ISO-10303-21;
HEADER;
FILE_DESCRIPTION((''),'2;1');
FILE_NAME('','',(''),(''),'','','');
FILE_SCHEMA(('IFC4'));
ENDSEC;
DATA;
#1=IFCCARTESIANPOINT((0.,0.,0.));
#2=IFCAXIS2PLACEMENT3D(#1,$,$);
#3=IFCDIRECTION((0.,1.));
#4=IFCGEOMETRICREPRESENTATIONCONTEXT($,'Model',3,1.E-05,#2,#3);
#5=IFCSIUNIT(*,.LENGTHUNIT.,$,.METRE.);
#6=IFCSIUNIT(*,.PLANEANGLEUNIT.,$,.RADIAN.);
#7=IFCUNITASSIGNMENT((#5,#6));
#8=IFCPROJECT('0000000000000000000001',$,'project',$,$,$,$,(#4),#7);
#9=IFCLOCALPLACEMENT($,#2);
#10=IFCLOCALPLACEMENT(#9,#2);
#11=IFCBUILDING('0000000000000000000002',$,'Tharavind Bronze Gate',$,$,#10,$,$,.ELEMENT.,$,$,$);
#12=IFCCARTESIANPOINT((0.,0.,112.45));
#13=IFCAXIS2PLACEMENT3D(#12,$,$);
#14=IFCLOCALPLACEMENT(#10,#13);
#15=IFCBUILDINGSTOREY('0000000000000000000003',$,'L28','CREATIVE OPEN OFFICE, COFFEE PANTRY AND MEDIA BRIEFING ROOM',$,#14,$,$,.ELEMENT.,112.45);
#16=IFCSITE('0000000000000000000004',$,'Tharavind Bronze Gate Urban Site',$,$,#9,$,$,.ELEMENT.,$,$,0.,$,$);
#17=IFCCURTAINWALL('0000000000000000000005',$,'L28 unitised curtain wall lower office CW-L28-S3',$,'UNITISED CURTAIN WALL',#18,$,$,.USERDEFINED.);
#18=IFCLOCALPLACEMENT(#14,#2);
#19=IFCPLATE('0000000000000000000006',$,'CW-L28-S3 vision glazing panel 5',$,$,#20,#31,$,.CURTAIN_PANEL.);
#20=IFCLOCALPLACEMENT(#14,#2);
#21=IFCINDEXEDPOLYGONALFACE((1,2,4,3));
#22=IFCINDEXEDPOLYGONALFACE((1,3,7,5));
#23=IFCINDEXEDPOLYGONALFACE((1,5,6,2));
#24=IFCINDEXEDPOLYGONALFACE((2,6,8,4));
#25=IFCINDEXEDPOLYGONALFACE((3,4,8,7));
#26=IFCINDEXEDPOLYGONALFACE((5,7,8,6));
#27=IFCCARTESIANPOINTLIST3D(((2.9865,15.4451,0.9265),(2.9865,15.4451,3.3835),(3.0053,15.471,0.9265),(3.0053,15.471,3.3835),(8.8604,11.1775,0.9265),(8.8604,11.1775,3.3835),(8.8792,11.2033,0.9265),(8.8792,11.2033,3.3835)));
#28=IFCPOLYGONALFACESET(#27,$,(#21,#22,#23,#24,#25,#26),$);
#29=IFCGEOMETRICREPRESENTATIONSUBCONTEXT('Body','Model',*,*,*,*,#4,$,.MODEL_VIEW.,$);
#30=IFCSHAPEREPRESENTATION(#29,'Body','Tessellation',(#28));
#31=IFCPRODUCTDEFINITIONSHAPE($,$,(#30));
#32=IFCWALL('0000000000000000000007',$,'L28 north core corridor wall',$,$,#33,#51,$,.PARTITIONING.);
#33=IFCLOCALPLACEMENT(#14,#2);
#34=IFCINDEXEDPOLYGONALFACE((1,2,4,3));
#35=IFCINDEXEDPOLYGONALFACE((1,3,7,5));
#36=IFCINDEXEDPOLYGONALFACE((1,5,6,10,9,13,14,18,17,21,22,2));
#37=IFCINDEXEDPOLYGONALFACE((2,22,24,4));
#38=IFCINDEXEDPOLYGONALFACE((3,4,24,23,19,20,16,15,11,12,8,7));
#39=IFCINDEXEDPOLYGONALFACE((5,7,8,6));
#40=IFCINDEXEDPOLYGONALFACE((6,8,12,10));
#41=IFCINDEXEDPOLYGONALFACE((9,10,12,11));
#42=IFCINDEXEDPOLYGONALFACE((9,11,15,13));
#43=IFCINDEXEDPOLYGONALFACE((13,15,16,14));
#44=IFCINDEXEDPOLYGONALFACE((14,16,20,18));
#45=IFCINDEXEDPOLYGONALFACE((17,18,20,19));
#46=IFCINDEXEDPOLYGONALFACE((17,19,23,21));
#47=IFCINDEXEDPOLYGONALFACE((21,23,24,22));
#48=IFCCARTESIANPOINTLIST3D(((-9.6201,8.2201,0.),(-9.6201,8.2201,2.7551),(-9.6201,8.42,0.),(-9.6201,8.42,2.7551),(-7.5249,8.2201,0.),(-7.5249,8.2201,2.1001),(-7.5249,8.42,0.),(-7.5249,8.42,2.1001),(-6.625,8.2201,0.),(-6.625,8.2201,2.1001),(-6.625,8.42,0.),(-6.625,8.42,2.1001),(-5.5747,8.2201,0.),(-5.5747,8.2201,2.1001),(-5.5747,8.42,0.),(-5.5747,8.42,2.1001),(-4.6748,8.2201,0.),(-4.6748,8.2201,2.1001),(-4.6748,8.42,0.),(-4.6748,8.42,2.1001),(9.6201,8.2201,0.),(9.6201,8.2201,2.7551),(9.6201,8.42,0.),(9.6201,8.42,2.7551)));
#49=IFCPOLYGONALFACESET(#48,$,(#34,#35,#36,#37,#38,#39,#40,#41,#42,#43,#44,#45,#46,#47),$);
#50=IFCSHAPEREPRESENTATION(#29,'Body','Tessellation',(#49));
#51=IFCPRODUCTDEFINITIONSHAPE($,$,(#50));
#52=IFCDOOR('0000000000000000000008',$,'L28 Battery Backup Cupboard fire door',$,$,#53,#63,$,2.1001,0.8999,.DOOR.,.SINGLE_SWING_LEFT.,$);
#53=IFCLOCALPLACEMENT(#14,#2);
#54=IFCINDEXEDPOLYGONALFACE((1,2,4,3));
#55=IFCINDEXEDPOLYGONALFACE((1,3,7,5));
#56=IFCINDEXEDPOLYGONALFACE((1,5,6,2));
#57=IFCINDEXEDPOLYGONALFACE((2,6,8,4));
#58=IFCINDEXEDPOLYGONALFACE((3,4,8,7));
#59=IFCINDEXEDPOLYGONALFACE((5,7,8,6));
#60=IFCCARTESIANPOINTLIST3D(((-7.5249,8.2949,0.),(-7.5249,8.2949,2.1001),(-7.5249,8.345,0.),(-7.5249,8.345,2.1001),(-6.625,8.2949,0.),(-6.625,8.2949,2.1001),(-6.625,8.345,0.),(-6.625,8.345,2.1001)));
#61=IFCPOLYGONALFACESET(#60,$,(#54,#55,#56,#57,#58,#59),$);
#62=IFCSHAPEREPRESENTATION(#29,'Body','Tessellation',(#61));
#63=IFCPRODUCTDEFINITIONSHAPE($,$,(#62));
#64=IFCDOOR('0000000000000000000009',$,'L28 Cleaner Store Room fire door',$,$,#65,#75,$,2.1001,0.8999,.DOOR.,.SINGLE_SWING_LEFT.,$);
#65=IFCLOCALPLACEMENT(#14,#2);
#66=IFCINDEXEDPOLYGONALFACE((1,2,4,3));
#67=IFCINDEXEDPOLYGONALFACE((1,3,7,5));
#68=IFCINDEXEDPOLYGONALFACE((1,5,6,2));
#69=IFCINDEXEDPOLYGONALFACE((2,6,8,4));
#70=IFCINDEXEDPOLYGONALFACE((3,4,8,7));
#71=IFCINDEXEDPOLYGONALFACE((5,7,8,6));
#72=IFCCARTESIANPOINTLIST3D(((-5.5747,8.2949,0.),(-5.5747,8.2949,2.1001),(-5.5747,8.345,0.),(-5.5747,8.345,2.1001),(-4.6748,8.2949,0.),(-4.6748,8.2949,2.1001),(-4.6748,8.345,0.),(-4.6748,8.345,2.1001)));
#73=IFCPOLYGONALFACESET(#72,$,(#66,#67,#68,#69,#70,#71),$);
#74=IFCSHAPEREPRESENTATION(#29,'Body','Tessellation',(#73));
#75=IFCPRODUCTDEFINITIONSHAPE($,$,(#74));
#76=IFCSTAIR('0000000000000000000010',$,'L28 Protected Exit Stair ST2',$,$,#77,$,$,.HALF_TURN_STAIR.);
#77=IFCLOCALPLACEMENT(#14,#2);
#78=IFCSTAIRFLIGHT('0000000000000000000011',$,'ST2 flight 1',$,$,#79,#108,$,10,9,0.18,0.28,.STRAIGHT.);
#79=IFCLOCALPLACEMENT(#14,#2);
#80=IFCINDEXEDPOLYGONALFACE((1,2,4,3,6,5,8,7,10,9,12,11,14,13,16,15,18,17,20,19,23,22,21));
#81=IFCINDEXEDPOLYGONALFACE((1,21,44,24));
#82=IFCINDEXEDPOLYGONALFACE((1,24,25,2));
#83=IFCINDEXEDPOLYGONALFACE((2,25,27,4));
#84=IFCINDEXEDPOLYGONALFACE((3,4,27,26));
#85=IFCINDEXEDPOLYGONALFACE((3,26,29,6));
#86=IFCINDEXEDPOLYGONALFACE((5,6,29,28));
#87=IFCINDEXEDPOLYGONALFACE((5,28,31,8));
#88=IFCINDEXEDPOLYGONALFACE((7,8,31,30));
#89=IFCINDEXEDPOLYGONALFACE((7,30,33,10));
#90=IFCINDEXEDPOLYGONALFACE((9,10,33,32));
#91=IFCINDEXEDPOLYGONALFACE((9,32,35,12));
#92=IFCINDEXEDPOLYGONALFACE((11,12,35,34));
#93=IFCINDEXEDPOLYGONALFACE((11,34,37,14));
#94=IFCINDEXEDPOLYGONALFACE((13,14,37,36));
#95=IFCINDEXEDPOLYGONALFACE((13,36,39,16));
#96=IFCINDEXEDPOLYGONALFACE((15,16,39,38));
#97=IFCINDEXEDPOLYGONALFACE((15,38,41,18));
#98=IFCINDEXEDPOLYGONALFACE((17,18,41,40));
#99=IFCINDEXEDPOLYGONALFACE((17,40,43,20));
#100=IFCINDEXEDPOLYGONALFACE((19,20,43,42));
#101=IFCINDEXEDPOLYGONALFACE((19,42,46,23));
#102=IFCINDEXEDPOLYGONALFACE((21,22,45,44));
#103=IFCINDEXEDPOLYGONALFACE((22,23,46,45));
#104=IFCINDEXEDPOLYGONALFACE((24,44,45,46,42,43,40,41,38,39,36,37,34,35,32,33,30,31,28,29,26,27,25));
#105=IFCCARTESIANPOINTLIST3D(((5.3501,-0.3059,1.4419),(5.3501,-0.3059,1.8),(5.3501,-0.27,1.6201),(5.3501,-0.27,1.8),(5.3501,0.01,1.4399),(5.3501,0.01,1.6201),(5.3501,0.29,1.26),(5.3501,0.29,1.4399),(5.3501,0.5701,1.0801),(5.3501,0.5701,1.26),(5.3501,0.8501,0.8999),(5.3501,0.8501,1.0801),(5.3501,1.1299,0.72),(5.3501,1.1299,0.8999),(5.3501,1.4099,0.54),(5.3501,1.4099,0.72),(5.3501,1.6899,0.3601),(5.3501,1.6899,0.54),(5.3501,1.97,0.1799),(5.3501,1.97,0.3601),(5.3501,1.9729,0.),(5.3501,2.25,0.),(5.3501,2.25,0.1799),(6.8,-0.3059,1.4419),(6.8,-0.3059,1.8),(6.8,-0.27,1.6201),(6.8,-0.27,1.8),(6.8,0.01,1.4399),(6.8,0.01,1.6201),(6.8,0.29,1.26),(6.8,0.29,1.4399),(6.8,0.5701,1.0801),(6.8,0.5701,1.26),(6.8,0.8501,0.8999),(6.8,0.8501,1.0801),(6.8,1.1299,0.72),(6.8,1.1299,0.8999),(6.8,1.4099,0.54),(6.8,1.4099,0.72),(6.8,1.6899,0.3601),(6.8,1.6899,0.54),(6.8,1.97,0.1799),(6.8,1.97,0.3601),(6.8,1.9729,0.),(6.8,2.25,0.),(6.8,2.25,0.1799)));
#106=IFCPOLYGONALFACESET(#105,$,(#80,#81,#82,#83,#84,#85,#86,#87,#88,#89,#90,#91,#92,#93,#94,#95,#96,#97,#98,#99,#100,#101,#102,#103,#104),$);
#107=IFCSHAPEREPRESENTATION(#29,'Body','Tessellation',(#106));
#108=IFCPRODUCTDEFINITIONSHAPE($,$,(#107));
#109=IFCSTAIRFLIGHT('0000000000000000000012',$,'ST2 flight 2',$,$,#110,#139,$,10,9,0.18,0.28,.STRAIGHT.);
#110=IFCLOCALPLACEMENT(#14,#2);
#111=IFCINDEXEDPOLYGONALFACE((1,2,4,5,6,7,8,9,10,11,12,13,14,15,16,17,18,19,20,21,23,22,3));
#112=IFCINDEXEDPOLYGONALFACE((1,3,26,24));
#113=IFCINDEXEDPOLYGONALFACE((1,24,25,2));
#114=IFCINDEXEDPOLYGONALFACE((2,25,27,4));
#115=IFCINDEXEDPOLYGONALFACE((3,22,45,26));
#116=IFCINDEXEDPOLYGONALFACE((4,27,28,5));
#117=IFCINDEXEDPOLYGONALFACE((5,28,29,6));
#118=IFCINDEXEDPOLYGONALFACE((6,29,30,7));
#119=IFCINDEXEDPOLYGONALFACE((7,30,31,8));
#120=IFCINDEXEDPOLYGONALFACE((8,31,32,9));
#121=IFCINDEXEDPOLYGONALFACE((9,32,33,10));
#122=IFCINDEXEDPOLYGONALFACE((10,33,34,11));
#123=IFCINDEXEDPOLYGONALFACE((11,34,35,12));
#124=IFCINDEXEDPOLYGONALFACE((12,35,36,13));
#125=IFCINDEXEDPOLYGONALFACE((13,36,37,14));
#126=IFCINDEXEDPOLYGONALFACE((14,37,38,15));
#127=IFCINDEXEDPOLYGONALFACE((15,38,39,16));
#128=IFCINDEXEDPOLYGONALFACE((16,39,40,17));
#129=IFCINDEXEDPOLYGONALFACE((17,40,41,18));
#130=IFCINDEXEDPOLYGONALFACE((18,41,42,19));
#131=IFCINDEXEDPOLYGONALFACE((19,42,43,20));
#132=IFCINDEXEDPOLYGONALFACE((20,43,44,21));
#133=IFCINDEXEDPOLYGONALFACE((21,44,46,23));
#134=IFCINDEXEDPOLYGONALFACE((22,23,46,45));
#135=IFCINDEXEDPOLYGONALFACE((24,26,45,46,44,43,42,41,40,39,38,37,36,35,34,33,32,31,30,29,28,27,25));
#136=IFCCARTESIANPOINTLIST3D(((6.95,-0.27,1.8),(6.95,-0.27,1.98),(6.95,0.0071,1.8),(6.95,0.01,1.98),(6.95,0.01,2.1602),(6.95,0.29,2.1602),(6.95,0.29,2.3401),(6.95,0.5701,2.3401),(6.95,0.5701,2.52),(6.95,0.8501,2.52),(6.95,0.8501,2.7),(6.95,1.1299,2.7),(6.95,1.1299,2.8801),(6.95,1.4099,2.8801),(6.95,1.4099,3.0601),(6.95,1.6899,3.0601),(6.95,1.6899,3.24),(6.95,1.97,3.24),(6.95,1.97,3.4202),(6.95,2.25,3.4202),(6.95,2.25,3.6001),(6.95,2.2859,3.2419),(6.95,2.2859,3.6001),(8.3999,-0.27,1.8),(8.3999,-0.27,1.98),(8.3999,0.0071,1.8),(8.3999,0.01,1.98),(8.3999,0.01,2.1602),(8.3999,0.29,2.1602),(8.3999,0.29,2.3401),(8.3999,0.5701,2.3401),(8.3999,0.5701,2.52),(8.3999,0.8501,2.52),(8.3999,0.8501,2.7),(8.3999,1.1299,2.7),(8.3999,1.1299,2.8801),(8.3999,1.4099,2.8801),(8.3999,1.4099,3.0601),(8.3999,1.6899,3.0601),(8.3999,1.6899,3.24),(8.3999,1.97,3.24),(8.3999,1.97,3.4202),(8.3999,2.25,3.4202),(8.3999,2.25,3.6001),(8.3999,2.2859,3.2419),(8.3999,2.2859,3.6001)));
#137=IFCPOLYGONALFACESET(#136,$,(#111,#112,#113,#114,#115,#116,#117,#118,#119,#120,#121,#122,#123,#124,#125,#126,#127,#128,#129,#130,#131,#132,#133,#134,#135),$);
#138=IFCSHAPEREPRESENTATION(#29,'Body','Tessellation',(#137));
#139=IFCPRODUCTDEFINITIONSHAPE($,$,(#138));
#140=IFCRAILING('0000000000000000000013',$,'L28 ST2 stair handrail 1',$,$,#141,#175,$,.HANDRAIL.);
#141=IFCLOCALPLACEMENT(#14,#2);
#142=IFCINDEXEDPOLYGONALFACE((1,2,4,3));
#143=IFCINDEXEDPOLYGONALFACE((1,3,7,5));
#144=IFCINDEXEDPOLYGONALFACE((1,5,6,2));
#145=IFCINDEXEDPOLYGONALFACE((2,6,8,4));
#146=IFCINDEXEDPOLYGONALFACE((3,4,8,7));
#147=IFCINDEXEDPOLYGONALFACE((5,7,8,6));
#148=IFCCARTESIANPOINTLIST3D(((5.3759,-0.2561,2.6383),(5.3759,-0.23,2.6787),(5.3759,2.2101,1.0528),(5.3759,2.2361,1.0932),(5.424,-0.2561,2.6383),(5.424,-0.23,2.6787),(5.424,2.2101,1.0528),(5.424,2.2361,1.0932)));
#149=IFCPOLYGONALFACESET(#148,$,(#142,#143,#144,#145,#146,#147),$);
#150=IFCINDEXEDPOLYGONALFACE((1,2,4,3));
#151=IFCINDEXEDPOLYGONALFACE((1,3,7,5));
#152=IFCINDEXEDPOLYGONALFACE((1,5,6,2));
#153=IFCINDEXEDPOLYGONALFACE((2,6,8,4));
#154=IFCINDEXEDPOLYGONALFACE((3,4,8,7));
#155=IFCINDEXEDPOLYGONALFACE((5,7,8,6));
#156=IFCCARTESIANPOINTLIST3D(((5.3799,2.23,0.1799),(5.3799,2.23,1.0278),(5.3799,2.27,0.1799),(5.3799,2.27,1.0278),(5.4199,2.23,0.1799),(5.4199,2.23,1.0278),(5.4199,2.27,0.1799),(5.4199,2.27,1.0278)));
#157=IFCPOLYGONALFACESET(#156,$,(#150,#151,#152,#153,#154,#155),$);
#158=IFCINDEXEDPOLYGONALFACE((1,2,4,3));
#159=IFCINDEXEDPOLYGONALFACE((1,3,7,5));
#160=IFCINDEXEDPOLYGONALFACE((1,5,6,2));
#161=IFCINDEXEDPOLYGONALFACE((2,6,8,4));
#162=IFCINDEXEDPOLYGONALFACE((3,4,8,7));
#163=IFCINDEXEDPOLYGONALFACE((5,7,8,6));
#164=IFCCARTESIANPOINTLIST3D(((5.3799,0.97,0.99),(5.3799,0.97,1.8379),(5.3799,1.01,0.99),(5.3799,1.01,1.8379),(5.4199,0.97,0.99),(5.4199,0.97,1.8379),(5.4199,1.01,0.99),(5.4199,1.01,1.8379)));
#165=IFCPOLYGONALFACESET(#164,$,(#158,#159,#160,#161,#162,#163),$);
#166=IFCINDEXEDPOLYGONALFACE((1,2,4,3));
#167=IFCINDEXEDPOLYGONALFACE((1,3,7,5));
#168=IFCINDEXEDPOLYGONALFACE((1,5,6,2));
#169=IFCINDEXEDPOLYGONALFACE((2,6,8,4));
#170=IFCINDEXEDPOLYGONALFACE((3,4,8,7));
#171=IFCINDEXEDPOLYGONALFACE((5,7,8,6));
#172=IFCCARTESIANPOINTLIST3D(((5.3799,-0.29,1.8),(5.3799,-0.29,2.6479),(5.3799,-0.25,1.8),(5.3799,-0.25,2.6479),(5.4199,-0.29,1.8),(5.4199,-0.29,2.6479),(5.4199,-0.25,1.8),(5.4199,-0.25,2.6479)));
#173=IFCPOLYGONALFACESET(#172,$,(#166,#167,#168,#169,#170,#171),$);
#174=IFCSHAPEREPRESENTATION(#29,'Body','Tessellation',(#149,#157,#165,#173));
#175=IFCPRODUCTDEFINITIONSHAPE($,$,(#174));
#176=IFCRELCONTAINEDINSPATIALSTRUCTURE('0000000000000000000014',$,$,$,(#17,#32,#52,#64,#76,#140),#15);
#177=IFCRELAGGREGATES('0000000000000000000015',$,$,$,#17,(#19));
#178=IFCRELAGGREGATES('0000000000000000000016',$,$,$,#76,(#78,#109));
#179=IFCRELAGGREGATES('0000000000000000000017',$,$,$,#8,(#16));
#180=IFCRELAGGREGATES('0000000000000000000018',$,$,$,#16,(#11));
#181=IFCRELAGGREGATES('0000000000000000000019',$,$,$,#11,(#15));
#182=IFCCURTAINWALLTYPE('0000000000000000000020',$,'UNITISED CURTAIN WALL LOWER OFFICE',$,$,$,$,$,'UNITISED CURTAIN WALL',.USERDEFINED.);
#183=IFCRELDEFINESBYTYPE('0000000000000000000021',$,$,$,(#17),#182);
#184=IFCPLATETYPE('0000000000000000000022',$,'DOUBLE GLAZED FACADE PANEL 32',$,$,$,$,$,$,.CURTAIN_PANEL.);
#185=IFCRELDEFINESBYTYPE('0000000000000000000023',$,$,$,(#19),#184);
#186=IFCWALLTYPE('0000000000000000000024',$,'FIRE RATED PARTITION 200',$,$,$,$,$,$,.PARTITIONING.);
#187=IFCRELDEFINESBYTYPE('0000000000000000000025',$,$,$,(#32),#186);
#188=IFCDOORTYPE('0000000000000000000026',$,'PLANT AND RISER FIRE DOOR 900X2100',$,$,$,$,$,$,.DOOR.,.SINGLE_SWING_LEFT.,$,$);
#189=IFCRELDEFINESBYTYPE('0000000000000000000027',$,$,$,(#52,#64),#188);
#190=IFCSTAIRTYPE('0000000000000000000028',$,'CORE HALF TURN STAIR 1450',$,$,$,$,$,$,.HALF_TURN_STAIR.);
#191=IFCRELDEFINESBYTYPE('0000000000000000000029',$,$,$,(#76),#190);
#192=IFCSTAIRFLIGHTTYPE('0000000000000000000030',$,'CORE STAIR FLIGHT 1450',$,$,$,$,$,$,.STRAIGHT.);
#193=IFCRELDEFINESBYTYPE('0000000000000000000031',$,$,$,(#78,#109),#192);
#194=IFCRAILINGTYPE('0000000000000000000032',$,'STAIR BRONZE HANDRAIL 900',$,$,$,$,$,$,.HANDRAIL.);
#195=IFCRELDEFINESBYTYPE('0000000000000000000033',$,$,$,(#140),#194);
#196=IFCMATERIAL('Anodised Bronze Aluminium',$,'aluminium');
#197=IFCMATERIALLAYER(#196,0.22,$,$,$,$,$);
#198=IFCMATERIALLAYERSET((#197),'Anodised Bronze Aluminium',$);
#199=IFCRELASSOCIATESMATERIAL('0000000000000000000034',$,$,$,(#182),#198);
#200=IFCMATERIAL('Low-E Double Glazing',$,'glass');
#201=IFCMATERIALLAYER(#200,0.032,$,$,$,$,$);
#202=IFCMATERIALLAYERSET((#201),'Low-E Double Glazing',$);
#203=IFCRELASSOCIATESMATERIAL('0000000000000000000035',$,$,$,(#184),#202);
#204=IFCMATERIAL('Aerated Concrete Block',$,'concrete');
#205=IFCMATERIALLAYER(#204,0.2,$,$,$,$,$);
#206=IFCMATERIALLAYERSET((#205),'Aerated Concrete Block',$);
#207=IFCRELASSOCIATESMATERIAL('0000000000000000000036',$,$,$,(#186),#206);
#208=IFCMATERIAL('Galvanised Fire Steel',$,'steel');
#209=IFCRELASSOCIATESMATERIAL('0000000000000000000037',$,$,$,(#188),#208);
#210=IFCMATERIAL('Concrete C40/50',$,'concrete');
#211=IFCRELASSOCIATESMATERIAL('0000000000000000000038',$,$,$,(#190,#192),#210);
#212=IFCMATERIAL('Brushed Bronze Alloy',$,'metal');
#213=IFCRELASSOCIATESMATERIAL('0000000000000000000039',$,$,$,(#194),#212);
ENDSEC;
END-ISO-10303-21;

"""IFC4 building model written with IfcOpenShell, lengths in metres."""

from ifc_helpers import new_model, si_unit, direction, frame, frame_2d, origin, origin_2d, place, context, subcontext, project, spatial, polyline, rectangle, outline, extrude, material, layer, layer_set, type_object, element, fill, aggregate, save


model = new_model("IFC4")

# Units and contexts
model_context = context("Model", 3, precision=1e-05, world=origin(), true_north=direction((0.0, 1.0)))
body_context = subcontext(model_context, "Body", "Model", "MODEL_VIEW")
ifc_project = project(units=[si_unit("LENGTHUNIT", "METRE"), si_unit("PLANEANGLEUNIT", "RADIAN")], contexts=[model_context])

# Site, building, storey
site_placement = place(None, origin())
site = spatial("IfcSite", under=ifc_project, at=site_placement, Name="Tharavind Bronze Gate Urban Site", CompositionType="ELEMENT", RefElevation=0.0)
building_placement = place(site_placement, origin())
building = spatial("IfcBuilding", under=site, at=building_placement, Name="Tharavind Bronze Gate", CompositionType="ELEMENT")
storey_placement = place(building_placement, frame((0.0, 0.0, 112.45)))
storey = spatial("IfcBuildingStorey", under=building, at=storey_placement, Name="L28", Description="CREATIVE OPEN OFFICE, COFFEE PANTRY AND MEDIA BRIEFING ROOM", CompositionType="ELEMENT", Elevation=112.45)

# Curtain wall
ifc_material_1 = material(Name="Anodised Bronze Aluminium", Category="aluminium")
ifc_layer_1 = layer(ifc_material_1, 0.22)
ifc_layer_set_1 = layer_set([ifc_layer_1], Name="Anodised Bronze Aluminium")
curtain_wall_type = type_object("IfcCurtainWallType", Name="UNITISED CURTAIN WALL LOWER OFFICE", ElementType="UNITISED CURTAIN WALL", PredefinedType="USERDEFINED", material=ifc_layer_set_1)
curtain_wall_placement = place(storey_placement, origin())
curtain_wall = element("IfcCurtainWall", 1, at=curtain_wall_placement, inside=storey, type_object=curtain_wall_type, Name="L28 unitised curtain wall lower office CW-L28-S3", ObjectType="UNITISED CURTAIN WALL", PredefinedType="USERDEFINED")

# Plate
ifc_material_2 = material(Name="Low-E Double Glazing", Category="glass")
ifc_layer_2 = layer(ifc_material_2, 0.032)
ifc_layer_set_2 = layer_set([ifc_layer_2], Name="Low-E Double Glazing")
plate_type_1 = type_object("IfcPlateType", Name="DOUBLE GLAZED FACADE PANEL 32", PredefinedType="CURTAIN_PANEL", material=ifc_layer_set_2)
plate_1_placement = place(storey_placement, frame((5.9329, 13.3242, 0.9265), z_axis=(0.0, 0.0, 1.0), x_axis=(-0.809017, 0.587785, 0.0)))
plate_1 = element("IfcPlate", 2, at=plate_1_placement, type_object=plate_type_1, Name="CW-L28-S3 vision glazing panel 5", PredefinedType="CURTAIN_PANEL", context=body_context, shape_type="SweptSolid", body=[
    extrude(rectangle(XDim=7.2605, YDim=0.032, at=origin_2d()), origin(), (0.0, 0.0, 1.0), 2.457),
])
aggregate(curtain_wall, [plate_1])

# Wall, openings, doors
ifc_material_3 = material(Name="Aerated Concrete Block", Category="concrete")
ifc_layer_3 = layer(ifc_material_3, 0.2)
ifc_layer_set_3 = layer_set([ifc_layer_3], Name="Aerated Concrete Block")
wall_type_1 = type_object("IfcWallType", Name="FIRE RATED PARTITION 200", PredefinedType="PARTITIONING", material=ifc_layer_set_3)
wall_1_placement = place(storey_placement, frame((9.6201, 8.3201, 0.0), z_axis=(0.0, 0.0, 1.0), x_axis=(-1.0, 0.0, 0.0)))
wall_1 = element("IfcWall", 3, at=wall_1_placement, inside=storey, type_object=wall_type_1, Name="L28 north core corridor wall", PredefinedType="PARTITIONING", context=body_context, shape_type="SweptSolid", body=[
    extrude(rectangle(XDim=19.2402, YDim=0.2, at=frame_2d((9.6201, 0.0))), origin(), (0.0, 0.0, 1.0), 2.7551),
])
opening_1_placement = place(wall_1_placement, frame((16.2451, 0.0, 0.0)))
opening_1 = element("IfcOpeningElement", 4, at=opening_1_placement, cuts=wall_1, PredefinedType="OPENING", context=body_context, shape_type="SweptSolid", body=[
    extrude(rectangle(XDim=0.8999, YDim=2.1001, at=frame_2d((0.45, 1.05))), frame((0.0, 0.1101, 0.0), z_axis=(0.0, -1.0, 0.0), x_axis=(1.0, 0.0, 0.0)), (0.0, 0.0, 1.0), 0.22),
])
opening_2_placement = place(wall_1_placement, frame((14.2949, 0.0, 0.0)))
opening_2 = element("IfcOpeningElement", 5, at=opening_2_placement, cuts=wall_1, PredefinedType="OPENING", context=body_context, shape_type="SweptSolid", body=[
    extrude(rectangle(XDim=0.8999, YDim=2.1001, at=frame_2d((0.45, 1.05))), frame((0.0, 0.1101, 0.0), z_axis=(0.0, -1.0, 0.0), x_axis=(1.0, 0.0, 0.0)), (0.0, 0.0, 1.0), 0.22),
])
ifc_material_4 = material(Name="Galvanised Fire Steel", Category="steel")
door_type_1 = type_object("IfcDoorType", Name="PLANT AND RISER FIRE DOOR 900X2100", OperationType="SINGLE_SWING_LEFT", PredefinedType="DOOR", material=ifc_material_4)
door_1_placement = place(opening_1_placement, frame((0.8999, 0.0, 0.0), z_axis=(0.0, 0.0, 1.0), x_axis=(-1.0, 0.0, 0.0)))
door_1 = element("IfcDoor", 6, at=door_1_placement, inside=storey, type_object=door_type_1, Name="L28 Battery Backup Cupboard fire door", OperationType="SINGLE_SWING_LEFT", OverallHeight=2.1001, OverallWidth=0.8999, PredefinedType="DOOR", context=body_context, shape_type="SweptSolid", body=[
    extrude(rectangle(XDim=0.8999, YDim=2.1001, at=frame_2d((0.45, 1.05))), frame((0.0, 0.0249, 0.0), z_axis=(0.0, -1.0, 0.0), x_axis=(1.0, 0.0, 0.0)), (0.0, 0.0, 1.0), 0.05),
])
fill(opening_1, door_1)
door_2_placement = place(opening_2_placement, frame((0.8999, 0.0, 0.0), z_axis=(0.0, 0.0, 1.0), x_axis=(-1.0, 0.0, 0.0)))
door_2 = element("IfcDoor", 7, at=door_2_placement, inside=storey, type_object=door_type_1, Name="L28 Cleaner Store Room fire door", OperationType="SINGLE_SWING_LEFT", OverallHeight=2.1001, OverallWidth=0.8999, PredefinedType="DOOR", context=body_context, shape_type="SweptSolid", body=[
    extrude(rectangle(XDim=0.8999, YDim=2.1001, at=frame_2d((0.45, 1.05))), frame((0.0, 0.0249, 0.0), z_axis=(0.0, -1.0, 0.0), x_axis=(1.0, 0.0, 0.0)), (0.0, 0.0, 1.0), 0.05),
])
fill(opening_2, door_2)

# Stair, stair flights
ifc_material_5 = material(Name="Concrete C40/50", Category="concrete")
stair_type = type_object("IfcStairType", Name="CORE HALF TURN STAIR 1450", PredefinedType="HALF_TURN_STAIR", material=ifc_material_5)
stair_placement = place(storey_placement, origin())
stair = element("IfcStair", 8, at=stair_placement, inside=storey, type_object=stair_type, Name="L28 Protected Exit Stair ST2", PredefinedType="HALF_TURN_STAIR")
stair_flight_type = type_object("IfcStairFlightType", Name="CORE STAIR FLIGHT 1450", PredefinedType="STRAIGHT", material=ifc_material_5)
stair_flight_1_placement = place(storey_placement, frame((6.075, 2.25, 0.0), z_axis=(0.0, 0.0, 1.0), x_axis=(0.0, -1.0, 0.0)))
stair_flight_1 = element("IfcStairFlight", 9, at=stair_flight_1_placement, type_object=stair_flight_type, Name="ST2 flight 1", NumberOfRisers=10, NumberOfTreads=9, PredefinedType="STRAIGHT", RiserHeight=0.18, TreadLength=0.28, context=body_context, shape_type="SweptSolid", body=[
    extrude(outline(polyline([(0.0, 0.0), (0.0, 0.1799), (0.28, 0.1799), (0.28, 0.3601), (0.5601, 0.3601), (0.5601, 0.54), (0.8401, 0.54), (0.8401, 0.72), (1.1201, 0.72), (1.1201, 0.8999), (1.3999, 0.8999), (1.3999, 1.0801), (1.6799, 1.0801), (1.6799, 1.26), (1.96, 1.26), (1.96, 1.4399), (2.24, 1.4399), (2.24, 1.6201), (2.52, 1.6201), (2.52, 1.8), (2.5559, 1.8), (2.5559, 1.4419), (0.2771, 0.0), (0.0, 0.0)])), frame((0.0, 0.7251, 0.0), z_axis=(0.0, -1.0, 0.0), x_axis=(1.0, 0.0, 0.0)), (0.0, 0.0, 1.0), 1.45),
])
stair_flight_2_placement = place(storey_placement, frame((7.675, -0.27, 1.8), z_axis=(0.0, 0.0, 1.0), x_axis=(0.0, 1.0, 0.0)))
stair_flight_2 = element("IfcStairFlight", 10, at=stair_flight_2_placement, type_object=stair_flight_type, Name="ST2 flight 2", NumberOfRisers=10, NumberOfTreads=9, PredefinedType="STRAIGHT", RiserHeight=0.18, TreadLength=0.28, context=body_context, shape_type="SweptSolid", body=[
    extrude(outline(polyline([(0.0, 0.0), (0.0, 0.1799), (0.28, 0.1799), (0.28, 0.3601), (0.5601, 0.3601), (0.5601, 0.54), (0.8401, 0.54), (0.8401, 0.72), (1.1201, 0.72), (1.1201, 0.8999), (1.3999, 0.8999), (1.3999, 1.0801), (1.6799, 1.0801), (1.6799, 1.26), (1.96, 1.26), (1.96, 1.4399), (2.24, 1.4399), (2.24, 1.6201), (2.52, 1.6201), (2.52, 1.8), (2.5559, 1.8), (2.5559, 1.4419), (0.2771, 0.0), (0.0, 0.0)])), frame((0.0, 0.7251, 0.0), z_axis=(0.0, -1.0, 0.0), x_axis=(1.0, 0.0, 0.0)), (0.0, 0.0, 1.0), 1.45),
])
aggregate(stair, [stair_flight_1, stair_flight_2])

# Railing
ifc_material_6 = material(Name="Brushed Bronze Alloy", Category="metal")
railing_type_1 = type_object("IfcRailingType", Name="STAIR BRONZE HANDRAIL 900", PredefinedType="HANDRAIL", material=ifc_material_6)
railing_1_placement = place(storey_placement, frame((5.3999, 2.25, 0.1799)))
element("IfcRailing", 11, at=railing_1_placement, inside=storey, type_object=railing_type_1, Name="L28 ST2 stair handrail 1", PredefinedType="HANDRAIL", context=body_context, shape_type="SweptSolid", body=[
    extrude(rectangle(XDim=0.0481, YDim=0.0481, at=origin_2d()), frame((0.0, -0.0269, 0.8931), z_axis=(0.0, -0.841163, 0.540782), x_axis=(1.0, 0.0, 0.0)), (0.0, 0.0, 1.0), 2.9319),
    extrude(rectangle(XDim=0.04, YDim=0.04, at=origin_2d()), origin(), (0.0, 0.0, 1.0), 0.8479),
    extrude(rectangle(XDim=0.04, YDim=0.04, at=origin_2d()), frame((0.0, -1.26, 0.8101)), (0.0, 0.0, 1.0), 0.8479),
    extrude(rectangle(XDim=0.04, YDim=0.04, at=origin_2d()), frame((0.0, -2.52, 1.6201)), (0.0, 0.0, 1.0), 0.8479),
])

save(model, "model.ifc")
